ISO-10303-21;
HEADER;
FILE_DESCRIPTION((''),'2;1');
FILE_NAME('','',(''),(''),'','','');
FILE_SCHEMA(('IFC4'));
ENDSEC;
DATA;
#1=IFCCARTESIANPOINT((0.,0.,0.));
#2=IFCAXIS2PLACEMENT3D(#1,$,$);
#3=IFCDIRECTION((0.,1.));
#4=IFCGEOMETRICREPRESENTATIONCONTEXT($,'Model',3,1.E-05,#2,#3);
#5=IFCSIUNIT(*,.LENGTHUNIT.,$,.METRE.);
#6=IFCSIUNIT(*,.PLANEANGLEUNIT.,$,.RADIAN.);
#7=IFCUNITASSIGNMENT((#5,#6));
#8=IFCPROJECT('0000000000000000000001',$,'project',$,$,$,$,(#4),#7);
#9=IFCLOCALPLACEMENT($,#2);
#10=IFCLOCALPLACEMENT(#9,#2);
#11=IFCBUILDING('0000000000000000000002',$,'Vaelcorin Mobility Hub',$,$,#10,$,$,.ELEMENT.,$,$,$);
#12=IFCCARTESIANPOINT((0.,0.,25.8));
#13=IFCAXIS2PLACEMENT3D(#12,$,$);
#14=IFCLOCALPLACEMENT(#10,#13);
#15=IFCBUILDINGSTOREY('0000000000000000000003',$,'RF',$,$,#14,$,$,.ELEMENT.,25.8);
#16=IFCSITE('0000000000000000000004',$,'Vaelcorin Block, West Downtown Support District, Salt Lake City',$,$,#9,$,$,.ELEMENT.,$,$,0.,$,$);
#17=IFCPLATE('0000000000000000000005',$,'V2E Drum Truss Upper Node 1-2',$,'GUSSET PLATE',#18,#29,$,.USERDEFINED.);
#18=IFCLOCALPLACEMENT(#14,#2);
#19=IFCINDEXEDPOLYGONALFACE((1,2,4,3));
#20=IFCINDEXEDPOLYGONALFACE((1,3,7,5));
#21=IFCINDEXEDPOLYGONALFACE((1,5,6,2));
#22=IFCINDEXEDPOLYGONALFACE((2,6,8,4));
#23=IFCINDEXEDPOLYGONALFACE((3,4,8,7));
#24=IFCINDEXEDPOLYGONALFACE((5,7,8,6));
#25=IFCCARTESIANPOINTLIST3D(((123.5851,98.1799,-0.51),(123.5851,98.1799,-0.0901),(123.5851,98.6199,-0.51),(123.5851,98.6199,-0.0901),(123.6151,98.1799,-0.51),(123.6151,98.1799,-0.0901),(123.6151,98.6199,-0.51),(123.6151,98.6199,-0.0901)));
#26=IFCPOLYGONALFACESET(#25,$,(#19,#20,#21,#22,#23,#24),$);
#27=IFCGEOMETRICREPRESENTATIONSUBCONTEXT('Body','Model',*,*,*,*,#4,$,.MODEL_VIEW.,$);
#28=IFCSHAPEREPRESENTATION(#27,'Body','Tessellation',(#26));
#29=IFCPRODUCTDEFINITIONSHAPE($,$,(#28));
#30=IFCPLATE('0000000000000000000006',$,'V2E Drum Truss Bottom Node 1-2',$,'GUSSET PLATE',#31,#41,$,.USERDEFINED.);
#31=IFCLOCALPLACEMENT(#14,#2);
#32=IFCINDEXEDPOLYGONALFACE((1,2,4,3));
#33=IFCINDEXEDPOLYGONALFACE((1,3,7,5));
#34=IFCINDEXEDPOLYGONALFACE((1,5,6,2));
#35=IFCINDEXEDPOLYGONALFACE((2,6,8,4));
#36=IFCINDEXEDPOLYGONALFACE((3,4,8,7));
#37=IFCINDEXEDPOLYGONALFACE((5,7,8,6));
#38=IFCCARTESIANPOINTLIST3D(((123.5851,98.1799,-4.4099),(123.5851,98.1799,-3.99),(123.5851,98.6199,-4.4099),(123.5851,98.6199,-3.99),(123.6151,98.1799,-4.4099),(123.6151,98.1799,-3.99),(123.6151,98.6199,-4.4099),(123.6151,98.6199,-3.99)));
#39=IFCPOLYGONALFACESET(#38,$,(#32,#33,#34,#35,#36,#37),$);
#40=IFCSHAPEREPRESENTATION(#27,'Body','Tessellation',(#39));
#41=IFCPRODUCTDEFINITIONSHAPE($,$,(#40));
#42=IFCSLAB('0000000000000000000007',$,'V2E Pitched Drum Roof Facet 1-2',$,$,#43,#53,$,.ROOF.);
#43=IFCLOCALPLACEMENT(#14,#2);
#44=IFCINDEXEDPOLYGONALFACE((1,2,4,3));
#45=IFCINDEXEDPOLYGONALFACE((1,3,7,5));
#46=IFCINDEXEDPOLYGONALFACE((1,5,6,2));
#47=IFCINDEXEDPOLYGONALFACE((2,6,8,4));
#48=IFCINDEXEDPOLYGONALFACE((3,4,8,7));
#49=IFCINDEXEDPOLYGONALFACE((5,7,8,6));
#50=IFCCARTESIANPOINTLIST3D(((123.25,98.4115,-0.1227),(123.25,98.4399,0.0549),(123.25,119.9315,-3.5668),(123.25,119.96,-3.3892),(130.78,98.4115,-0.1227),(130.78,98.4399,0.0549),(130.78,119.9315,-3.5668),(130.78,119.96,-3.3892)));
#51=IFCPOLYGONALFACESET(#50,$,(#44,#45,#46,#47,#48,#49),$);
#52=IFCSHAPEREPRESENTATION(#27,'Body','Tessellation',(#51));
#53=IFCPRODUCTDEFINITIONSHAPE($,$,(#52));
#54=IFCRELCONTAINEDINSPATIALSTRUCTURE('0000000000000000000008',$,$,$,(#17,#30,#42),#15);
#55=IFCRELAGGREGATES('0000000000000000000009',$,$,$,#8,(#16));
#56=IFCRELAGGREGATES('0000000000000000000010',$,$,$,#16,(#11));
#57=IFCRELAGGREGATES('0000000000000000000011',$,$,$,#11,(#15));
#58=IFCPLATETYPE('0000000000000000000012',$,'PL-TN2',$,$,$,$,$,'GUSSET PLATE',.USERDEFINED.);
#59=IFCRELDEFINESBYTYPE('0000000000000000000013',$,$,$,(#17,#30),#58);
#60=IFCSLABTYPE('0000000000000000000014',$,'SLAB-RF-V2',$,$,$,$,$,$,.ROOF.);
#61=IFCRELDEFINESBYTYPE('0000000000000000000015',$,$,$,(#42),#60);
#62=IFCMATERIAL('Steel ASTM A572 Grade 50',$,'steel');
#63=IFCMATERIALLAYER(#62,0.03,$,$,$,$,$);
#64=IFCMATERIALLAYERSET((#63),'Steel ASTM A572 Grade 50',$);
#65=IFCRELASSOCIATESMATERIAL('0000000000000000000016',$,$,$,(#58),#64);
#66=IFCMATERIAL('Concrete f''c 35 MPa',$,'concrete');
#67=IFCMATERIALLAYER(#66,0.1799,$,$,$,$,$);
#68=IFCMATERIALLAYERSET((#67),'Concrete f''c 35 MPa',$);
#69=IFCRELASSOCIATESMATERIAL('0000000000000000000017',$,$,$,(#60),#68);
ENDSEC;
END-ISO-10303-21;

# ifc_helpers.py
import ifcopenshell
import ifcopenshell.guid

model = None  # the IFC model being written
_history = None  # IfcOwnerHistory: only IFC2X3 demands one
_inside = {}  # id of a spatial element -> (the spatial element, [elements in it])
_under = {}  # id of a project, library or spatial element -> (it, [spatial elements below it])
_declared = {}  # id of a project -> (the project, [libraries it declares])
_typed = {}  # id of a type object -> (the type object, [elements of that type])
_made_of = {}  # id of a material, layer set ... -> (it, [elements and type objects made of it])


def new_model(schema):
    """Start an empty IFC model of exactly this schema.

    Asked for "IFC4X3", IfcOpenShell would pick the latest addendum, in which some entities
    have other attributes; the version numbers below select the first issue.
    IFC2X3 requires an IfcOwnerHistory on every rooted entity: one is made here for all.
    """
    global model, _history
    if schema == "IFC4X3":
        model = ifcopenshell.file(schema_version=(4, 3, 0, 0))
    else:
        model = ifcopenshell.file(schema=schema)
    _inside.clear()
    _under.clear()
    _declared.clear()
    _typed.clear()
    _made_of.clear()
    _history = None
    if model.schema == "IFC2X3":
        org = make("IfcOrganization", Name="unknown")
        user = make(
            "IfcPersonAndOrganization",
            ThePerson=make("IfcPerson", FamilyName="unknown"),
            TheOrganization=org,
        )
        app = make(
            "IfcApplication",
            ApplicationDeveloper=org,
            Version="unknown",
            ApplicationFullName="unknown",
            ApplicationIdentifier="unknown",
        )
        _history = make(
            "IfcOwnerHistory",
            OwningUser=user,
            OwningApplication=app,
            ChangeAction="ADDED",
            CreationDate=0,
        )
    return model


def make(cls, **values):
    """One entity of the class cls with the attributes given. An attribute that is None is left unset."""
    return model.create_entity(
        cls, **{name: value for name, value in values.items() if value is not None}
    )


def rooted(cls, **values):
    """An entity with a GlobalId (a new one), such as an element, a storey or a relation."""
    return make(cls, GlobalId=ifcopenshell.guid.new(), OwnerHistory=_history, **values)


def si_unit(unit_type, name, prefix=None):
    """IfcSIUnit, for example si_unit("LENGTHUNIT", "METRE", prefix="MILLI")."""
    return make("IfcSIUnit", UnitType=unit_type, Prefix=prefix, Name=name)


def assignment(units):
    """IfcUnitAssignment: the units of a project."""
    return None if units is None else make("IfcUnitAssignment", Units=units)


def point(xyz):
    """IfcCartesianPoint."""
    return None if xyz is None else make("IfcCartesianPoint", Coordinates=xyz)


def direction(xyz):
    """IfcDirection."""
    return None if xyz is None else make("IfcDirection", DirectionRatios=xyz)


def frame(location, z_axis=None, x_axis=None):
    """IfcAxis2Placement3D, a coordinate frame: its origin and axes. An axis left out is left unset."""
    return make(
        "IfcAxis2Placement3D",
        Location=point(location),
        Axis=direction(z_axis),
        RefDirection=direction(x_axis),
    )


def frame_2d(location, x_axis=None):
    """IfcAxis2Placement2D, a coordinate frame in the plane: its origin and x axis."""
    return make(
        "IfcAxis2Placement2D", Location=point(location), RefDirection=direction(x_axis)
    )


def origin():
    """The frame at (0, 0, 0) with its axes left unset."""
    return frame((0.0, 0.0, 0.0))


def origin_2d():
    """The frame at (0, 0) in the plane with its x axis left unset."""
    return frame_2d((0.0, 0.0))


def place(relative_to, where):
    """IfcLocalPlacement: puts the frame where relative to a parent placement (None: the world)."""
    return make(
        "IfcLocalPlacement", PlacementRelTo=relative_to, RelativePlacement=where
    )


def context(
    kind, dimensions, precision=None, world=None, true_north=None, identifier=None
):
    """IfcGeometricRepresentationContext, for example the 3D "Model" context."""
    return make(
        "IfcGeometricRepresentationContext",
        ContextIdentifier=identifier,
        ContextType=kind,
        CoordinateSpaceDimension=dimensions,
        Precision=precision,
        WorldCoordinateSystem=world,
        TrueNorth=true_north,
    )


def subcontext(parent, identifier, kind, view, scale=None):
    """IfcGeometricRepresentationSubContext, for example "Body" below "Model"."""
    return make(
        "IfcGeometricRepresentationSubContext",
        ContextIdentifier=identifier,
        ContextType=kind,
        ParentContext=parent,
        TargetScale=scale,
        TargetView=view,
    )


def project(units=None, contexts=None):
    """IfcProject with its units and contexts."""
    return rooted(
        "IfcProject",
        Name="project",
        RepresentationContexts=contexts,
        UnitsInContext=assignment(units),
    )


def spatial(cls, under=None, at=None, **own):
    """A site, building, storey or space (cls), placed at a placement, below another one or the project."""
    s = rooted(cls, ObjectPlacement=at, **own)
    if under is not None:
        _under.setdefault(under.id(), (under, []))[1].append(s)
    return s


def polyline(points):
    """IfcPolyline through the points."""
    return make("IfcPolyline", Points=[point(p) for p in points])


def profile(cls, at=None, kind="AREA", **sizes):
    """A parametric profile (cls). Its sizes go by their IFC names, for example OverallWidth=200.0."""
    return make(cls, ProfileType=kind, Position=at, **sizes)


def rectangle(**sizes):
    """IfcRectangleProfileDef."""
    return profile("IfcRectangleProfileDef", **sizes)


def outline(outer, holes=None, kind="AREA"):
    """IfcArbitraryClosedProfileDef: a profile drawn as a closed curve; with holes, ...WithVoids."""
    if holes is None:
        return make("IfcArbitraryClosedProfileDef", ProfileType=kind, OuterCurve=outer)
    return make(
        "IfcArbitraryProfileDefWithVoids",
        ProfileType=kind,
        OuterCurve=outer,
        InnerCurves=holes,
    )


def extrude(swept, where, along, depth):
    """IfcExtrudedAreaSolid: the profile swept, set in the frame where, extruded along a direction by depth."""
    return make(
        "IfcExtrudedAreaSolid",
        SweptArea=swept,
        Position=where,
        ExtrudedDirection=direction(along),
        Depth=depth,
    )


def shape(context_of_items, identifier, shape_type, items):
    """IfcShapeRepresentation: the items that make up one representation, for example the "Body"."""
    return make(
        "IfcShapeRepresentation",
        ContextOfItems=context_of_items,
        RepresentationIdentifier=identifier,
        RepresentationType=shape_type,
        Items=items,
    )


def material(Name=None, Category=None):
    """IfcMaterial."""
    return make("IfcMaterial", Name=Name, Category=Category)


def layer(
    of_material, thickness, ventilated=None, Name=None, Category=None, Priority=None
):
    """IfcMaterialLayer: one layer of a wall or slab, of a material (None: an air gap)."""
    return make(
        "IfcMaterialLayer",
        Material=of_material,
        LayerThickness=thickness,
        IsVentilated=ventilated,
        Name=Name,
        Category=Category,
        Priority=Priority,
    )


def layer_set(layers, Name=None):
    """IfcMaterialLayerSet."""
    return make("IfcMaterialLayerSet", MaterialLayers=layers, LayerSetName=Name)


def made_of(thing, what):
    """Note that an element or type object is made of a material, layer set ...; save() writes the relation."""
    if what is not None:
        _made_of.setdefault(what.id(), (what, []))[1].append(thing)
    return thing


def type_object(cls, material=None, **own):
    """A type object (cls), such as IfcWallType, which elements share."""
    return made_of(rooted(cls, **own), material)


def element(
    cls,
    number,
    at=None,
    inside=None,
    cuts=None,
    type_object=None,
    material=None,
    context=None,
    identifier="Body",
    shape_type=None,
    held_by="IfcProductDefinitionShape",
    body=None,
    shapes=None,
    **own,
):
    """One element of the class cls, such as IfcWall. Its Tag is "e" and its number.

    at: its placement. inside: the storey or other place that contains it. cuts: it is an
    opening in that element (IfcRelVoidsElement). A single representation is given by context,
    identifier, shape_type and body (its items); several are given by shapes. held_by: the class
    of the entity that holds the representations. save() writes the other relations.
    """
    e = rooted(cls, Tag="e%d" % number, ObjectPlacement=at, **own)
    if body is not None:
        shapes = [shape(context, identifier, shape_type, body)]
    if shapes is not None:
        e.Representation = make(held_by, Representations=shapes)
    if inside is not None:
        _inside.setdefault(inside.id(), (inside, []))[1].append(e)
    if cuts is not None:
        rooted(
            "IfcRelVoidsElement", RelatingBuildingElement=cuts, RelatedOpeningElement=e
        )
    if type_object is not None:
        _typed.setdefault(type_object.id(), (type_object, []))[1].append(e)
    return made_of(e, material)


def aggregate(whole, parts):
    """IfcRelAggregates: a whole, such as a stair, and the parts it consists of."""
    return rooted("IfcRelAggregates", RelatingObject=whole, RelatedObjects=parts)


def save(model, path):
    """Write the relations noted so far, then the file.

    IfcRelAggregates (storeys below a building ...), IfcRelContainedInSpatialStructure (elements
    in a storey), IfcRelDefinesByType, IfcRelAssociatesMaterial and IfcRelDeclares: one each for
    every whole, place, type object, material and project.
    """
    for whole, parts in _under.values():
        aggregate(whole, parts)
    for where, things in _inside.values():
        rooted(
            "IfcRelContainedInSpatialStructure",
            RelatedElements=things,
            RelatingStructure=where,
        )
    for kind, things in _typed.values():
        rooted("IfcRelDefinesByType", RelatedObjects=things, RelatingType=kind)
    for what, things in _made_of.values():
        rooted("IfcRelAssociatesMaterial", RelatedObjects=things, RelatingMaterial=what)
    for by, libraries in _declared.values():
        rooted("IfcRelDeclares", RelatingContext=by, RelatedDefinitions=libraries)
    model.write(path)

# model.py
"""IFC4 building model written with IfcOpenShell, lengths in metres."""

from ifc_helpers import new_model, si_unit, direction, frame, origin, origin_2d, place, context, subcontext, project, spatial, polyline, rectangle, outline, extrude, material, layer, layer_set, type_object, element, save


model = new_model("IFC4")

# Units and contexts
model_context = context("Model", 3, precision=1e-05, world=origin(), true_north=direction((0.0, 1.0)))
body_context = subcontext(model_context, "Body", "Model", "MODEL_VIEW")
ifc_project = project(units=[si_unit("LENGTHUNIT", "METRE"), si_unit("PLANEANGLEUNIT", "RADIAN")], contexts=[model_context])

# Site, building, storey
site_placement = place(None, origin())
site = spatial("IfcSite", under=ifc_project, at=site_placement, Name="Vaelcorin Block, West Downtown Support District, Salt Lake City", CompositionType="ELEMENT", RefElevation=0.0)
building_placement = place(site_placement, origin())
building = spatial("IfcBuilding", under=site, at=building_placement, Name="Vaelcorin Mobility Hub", CompositionType="ELEMENT")
storey_placement = place(building_placement, frame((0.0, 0.0, 25.8)))
storey = spatial("IfcBuildingStorey", under=building, at=storey_placement, Name="RF", CompositionType="ELEMENT", Elevation=25.8)

# Plates
ifc_material_1 = material(Name="Steel ASTM A572 Grade 50", Category="steel")
ifc_layer_1 = layer(ifc_material_1, 0.03)
ifc_layer_set_1 = layer_set([ifc_layer_1], Name="Steel ASTM A572 Grade 50")
plate_type_1 = type_object("IfcPlateType", Name="PL-TN2", ElementType="GUSSET PLATE", PredefinedType="USERDEFINED", material=ifc_layer_set_1)
for number, where, z_axis, x_axis, name in (
    (1, (123.6001, 98.3999, -0.51), (0.0, 0.0, 1.0), (1.0, 0.0, 0.0), "V2E Drum Truss Upper Node 1-2"),
    (2, (123.6001, 98.3999, -4.4099), (0.0, 0.0, 1.0), (1.0, 0.0, 0.0), "V2E Drum Truss Bottom Node 1-2"),
):
    element("IfcPlate", number, at=place(storey_placement, frame(where, z_axis=z_axis, x_axis=x_axis)), inside=storey, type_object=plate_type_1, Name=name, ObjectType="GUSSET PLATE", PredefinedType="USERDEFINED", context=body_context, shape_type="SweptSolid", body=[
        extrude(rectangle(XDim=0.03, YDim=0.4399, at=origin_2d()), origin(), (0.0, 0.0, 1.0), 0.4199),
    ])

# Slab
ifc_material_2 = material(Name="Concrete f'c 35 MPa", Category="concrete")
ifc_layer_2 = layer(ifc_material_2, 0.1799)
ifc_layer_set_2 = layer_set([ifc_layer_2], Name="Concrete f'c 35 MPa")
slab_type = type_object("IfcSlabType", Name="SLAB-RF-V2", PredefinedType="ROOF", material=ifc_layer_set_2)
slab_placement = place(storey_placement, frame((123.25, 98.4399, 0.0549), z_axis=(0.0, 0.15803, 0.987434), x_axis=(1.0, 0.0, 0.0)))
element("IfcSlab", 3, at=slab_placement, inside=storey, type_object=slab_type, Name="V2E Pitched Drum Roof Facet 1-2", PredefinedType="ROOF", context=body_context, shape_type="SweptSolid", body=[
    extrude(outline(polyline([(0.0, 0.0), (7.53, 0.0), (7.53, 21.7939), (0.0, 21.7939), (0.0, 0.0)])), origin(), (0.0, 0.0, -1.0), 0.1799),
])

save(model, "model.ifc")
